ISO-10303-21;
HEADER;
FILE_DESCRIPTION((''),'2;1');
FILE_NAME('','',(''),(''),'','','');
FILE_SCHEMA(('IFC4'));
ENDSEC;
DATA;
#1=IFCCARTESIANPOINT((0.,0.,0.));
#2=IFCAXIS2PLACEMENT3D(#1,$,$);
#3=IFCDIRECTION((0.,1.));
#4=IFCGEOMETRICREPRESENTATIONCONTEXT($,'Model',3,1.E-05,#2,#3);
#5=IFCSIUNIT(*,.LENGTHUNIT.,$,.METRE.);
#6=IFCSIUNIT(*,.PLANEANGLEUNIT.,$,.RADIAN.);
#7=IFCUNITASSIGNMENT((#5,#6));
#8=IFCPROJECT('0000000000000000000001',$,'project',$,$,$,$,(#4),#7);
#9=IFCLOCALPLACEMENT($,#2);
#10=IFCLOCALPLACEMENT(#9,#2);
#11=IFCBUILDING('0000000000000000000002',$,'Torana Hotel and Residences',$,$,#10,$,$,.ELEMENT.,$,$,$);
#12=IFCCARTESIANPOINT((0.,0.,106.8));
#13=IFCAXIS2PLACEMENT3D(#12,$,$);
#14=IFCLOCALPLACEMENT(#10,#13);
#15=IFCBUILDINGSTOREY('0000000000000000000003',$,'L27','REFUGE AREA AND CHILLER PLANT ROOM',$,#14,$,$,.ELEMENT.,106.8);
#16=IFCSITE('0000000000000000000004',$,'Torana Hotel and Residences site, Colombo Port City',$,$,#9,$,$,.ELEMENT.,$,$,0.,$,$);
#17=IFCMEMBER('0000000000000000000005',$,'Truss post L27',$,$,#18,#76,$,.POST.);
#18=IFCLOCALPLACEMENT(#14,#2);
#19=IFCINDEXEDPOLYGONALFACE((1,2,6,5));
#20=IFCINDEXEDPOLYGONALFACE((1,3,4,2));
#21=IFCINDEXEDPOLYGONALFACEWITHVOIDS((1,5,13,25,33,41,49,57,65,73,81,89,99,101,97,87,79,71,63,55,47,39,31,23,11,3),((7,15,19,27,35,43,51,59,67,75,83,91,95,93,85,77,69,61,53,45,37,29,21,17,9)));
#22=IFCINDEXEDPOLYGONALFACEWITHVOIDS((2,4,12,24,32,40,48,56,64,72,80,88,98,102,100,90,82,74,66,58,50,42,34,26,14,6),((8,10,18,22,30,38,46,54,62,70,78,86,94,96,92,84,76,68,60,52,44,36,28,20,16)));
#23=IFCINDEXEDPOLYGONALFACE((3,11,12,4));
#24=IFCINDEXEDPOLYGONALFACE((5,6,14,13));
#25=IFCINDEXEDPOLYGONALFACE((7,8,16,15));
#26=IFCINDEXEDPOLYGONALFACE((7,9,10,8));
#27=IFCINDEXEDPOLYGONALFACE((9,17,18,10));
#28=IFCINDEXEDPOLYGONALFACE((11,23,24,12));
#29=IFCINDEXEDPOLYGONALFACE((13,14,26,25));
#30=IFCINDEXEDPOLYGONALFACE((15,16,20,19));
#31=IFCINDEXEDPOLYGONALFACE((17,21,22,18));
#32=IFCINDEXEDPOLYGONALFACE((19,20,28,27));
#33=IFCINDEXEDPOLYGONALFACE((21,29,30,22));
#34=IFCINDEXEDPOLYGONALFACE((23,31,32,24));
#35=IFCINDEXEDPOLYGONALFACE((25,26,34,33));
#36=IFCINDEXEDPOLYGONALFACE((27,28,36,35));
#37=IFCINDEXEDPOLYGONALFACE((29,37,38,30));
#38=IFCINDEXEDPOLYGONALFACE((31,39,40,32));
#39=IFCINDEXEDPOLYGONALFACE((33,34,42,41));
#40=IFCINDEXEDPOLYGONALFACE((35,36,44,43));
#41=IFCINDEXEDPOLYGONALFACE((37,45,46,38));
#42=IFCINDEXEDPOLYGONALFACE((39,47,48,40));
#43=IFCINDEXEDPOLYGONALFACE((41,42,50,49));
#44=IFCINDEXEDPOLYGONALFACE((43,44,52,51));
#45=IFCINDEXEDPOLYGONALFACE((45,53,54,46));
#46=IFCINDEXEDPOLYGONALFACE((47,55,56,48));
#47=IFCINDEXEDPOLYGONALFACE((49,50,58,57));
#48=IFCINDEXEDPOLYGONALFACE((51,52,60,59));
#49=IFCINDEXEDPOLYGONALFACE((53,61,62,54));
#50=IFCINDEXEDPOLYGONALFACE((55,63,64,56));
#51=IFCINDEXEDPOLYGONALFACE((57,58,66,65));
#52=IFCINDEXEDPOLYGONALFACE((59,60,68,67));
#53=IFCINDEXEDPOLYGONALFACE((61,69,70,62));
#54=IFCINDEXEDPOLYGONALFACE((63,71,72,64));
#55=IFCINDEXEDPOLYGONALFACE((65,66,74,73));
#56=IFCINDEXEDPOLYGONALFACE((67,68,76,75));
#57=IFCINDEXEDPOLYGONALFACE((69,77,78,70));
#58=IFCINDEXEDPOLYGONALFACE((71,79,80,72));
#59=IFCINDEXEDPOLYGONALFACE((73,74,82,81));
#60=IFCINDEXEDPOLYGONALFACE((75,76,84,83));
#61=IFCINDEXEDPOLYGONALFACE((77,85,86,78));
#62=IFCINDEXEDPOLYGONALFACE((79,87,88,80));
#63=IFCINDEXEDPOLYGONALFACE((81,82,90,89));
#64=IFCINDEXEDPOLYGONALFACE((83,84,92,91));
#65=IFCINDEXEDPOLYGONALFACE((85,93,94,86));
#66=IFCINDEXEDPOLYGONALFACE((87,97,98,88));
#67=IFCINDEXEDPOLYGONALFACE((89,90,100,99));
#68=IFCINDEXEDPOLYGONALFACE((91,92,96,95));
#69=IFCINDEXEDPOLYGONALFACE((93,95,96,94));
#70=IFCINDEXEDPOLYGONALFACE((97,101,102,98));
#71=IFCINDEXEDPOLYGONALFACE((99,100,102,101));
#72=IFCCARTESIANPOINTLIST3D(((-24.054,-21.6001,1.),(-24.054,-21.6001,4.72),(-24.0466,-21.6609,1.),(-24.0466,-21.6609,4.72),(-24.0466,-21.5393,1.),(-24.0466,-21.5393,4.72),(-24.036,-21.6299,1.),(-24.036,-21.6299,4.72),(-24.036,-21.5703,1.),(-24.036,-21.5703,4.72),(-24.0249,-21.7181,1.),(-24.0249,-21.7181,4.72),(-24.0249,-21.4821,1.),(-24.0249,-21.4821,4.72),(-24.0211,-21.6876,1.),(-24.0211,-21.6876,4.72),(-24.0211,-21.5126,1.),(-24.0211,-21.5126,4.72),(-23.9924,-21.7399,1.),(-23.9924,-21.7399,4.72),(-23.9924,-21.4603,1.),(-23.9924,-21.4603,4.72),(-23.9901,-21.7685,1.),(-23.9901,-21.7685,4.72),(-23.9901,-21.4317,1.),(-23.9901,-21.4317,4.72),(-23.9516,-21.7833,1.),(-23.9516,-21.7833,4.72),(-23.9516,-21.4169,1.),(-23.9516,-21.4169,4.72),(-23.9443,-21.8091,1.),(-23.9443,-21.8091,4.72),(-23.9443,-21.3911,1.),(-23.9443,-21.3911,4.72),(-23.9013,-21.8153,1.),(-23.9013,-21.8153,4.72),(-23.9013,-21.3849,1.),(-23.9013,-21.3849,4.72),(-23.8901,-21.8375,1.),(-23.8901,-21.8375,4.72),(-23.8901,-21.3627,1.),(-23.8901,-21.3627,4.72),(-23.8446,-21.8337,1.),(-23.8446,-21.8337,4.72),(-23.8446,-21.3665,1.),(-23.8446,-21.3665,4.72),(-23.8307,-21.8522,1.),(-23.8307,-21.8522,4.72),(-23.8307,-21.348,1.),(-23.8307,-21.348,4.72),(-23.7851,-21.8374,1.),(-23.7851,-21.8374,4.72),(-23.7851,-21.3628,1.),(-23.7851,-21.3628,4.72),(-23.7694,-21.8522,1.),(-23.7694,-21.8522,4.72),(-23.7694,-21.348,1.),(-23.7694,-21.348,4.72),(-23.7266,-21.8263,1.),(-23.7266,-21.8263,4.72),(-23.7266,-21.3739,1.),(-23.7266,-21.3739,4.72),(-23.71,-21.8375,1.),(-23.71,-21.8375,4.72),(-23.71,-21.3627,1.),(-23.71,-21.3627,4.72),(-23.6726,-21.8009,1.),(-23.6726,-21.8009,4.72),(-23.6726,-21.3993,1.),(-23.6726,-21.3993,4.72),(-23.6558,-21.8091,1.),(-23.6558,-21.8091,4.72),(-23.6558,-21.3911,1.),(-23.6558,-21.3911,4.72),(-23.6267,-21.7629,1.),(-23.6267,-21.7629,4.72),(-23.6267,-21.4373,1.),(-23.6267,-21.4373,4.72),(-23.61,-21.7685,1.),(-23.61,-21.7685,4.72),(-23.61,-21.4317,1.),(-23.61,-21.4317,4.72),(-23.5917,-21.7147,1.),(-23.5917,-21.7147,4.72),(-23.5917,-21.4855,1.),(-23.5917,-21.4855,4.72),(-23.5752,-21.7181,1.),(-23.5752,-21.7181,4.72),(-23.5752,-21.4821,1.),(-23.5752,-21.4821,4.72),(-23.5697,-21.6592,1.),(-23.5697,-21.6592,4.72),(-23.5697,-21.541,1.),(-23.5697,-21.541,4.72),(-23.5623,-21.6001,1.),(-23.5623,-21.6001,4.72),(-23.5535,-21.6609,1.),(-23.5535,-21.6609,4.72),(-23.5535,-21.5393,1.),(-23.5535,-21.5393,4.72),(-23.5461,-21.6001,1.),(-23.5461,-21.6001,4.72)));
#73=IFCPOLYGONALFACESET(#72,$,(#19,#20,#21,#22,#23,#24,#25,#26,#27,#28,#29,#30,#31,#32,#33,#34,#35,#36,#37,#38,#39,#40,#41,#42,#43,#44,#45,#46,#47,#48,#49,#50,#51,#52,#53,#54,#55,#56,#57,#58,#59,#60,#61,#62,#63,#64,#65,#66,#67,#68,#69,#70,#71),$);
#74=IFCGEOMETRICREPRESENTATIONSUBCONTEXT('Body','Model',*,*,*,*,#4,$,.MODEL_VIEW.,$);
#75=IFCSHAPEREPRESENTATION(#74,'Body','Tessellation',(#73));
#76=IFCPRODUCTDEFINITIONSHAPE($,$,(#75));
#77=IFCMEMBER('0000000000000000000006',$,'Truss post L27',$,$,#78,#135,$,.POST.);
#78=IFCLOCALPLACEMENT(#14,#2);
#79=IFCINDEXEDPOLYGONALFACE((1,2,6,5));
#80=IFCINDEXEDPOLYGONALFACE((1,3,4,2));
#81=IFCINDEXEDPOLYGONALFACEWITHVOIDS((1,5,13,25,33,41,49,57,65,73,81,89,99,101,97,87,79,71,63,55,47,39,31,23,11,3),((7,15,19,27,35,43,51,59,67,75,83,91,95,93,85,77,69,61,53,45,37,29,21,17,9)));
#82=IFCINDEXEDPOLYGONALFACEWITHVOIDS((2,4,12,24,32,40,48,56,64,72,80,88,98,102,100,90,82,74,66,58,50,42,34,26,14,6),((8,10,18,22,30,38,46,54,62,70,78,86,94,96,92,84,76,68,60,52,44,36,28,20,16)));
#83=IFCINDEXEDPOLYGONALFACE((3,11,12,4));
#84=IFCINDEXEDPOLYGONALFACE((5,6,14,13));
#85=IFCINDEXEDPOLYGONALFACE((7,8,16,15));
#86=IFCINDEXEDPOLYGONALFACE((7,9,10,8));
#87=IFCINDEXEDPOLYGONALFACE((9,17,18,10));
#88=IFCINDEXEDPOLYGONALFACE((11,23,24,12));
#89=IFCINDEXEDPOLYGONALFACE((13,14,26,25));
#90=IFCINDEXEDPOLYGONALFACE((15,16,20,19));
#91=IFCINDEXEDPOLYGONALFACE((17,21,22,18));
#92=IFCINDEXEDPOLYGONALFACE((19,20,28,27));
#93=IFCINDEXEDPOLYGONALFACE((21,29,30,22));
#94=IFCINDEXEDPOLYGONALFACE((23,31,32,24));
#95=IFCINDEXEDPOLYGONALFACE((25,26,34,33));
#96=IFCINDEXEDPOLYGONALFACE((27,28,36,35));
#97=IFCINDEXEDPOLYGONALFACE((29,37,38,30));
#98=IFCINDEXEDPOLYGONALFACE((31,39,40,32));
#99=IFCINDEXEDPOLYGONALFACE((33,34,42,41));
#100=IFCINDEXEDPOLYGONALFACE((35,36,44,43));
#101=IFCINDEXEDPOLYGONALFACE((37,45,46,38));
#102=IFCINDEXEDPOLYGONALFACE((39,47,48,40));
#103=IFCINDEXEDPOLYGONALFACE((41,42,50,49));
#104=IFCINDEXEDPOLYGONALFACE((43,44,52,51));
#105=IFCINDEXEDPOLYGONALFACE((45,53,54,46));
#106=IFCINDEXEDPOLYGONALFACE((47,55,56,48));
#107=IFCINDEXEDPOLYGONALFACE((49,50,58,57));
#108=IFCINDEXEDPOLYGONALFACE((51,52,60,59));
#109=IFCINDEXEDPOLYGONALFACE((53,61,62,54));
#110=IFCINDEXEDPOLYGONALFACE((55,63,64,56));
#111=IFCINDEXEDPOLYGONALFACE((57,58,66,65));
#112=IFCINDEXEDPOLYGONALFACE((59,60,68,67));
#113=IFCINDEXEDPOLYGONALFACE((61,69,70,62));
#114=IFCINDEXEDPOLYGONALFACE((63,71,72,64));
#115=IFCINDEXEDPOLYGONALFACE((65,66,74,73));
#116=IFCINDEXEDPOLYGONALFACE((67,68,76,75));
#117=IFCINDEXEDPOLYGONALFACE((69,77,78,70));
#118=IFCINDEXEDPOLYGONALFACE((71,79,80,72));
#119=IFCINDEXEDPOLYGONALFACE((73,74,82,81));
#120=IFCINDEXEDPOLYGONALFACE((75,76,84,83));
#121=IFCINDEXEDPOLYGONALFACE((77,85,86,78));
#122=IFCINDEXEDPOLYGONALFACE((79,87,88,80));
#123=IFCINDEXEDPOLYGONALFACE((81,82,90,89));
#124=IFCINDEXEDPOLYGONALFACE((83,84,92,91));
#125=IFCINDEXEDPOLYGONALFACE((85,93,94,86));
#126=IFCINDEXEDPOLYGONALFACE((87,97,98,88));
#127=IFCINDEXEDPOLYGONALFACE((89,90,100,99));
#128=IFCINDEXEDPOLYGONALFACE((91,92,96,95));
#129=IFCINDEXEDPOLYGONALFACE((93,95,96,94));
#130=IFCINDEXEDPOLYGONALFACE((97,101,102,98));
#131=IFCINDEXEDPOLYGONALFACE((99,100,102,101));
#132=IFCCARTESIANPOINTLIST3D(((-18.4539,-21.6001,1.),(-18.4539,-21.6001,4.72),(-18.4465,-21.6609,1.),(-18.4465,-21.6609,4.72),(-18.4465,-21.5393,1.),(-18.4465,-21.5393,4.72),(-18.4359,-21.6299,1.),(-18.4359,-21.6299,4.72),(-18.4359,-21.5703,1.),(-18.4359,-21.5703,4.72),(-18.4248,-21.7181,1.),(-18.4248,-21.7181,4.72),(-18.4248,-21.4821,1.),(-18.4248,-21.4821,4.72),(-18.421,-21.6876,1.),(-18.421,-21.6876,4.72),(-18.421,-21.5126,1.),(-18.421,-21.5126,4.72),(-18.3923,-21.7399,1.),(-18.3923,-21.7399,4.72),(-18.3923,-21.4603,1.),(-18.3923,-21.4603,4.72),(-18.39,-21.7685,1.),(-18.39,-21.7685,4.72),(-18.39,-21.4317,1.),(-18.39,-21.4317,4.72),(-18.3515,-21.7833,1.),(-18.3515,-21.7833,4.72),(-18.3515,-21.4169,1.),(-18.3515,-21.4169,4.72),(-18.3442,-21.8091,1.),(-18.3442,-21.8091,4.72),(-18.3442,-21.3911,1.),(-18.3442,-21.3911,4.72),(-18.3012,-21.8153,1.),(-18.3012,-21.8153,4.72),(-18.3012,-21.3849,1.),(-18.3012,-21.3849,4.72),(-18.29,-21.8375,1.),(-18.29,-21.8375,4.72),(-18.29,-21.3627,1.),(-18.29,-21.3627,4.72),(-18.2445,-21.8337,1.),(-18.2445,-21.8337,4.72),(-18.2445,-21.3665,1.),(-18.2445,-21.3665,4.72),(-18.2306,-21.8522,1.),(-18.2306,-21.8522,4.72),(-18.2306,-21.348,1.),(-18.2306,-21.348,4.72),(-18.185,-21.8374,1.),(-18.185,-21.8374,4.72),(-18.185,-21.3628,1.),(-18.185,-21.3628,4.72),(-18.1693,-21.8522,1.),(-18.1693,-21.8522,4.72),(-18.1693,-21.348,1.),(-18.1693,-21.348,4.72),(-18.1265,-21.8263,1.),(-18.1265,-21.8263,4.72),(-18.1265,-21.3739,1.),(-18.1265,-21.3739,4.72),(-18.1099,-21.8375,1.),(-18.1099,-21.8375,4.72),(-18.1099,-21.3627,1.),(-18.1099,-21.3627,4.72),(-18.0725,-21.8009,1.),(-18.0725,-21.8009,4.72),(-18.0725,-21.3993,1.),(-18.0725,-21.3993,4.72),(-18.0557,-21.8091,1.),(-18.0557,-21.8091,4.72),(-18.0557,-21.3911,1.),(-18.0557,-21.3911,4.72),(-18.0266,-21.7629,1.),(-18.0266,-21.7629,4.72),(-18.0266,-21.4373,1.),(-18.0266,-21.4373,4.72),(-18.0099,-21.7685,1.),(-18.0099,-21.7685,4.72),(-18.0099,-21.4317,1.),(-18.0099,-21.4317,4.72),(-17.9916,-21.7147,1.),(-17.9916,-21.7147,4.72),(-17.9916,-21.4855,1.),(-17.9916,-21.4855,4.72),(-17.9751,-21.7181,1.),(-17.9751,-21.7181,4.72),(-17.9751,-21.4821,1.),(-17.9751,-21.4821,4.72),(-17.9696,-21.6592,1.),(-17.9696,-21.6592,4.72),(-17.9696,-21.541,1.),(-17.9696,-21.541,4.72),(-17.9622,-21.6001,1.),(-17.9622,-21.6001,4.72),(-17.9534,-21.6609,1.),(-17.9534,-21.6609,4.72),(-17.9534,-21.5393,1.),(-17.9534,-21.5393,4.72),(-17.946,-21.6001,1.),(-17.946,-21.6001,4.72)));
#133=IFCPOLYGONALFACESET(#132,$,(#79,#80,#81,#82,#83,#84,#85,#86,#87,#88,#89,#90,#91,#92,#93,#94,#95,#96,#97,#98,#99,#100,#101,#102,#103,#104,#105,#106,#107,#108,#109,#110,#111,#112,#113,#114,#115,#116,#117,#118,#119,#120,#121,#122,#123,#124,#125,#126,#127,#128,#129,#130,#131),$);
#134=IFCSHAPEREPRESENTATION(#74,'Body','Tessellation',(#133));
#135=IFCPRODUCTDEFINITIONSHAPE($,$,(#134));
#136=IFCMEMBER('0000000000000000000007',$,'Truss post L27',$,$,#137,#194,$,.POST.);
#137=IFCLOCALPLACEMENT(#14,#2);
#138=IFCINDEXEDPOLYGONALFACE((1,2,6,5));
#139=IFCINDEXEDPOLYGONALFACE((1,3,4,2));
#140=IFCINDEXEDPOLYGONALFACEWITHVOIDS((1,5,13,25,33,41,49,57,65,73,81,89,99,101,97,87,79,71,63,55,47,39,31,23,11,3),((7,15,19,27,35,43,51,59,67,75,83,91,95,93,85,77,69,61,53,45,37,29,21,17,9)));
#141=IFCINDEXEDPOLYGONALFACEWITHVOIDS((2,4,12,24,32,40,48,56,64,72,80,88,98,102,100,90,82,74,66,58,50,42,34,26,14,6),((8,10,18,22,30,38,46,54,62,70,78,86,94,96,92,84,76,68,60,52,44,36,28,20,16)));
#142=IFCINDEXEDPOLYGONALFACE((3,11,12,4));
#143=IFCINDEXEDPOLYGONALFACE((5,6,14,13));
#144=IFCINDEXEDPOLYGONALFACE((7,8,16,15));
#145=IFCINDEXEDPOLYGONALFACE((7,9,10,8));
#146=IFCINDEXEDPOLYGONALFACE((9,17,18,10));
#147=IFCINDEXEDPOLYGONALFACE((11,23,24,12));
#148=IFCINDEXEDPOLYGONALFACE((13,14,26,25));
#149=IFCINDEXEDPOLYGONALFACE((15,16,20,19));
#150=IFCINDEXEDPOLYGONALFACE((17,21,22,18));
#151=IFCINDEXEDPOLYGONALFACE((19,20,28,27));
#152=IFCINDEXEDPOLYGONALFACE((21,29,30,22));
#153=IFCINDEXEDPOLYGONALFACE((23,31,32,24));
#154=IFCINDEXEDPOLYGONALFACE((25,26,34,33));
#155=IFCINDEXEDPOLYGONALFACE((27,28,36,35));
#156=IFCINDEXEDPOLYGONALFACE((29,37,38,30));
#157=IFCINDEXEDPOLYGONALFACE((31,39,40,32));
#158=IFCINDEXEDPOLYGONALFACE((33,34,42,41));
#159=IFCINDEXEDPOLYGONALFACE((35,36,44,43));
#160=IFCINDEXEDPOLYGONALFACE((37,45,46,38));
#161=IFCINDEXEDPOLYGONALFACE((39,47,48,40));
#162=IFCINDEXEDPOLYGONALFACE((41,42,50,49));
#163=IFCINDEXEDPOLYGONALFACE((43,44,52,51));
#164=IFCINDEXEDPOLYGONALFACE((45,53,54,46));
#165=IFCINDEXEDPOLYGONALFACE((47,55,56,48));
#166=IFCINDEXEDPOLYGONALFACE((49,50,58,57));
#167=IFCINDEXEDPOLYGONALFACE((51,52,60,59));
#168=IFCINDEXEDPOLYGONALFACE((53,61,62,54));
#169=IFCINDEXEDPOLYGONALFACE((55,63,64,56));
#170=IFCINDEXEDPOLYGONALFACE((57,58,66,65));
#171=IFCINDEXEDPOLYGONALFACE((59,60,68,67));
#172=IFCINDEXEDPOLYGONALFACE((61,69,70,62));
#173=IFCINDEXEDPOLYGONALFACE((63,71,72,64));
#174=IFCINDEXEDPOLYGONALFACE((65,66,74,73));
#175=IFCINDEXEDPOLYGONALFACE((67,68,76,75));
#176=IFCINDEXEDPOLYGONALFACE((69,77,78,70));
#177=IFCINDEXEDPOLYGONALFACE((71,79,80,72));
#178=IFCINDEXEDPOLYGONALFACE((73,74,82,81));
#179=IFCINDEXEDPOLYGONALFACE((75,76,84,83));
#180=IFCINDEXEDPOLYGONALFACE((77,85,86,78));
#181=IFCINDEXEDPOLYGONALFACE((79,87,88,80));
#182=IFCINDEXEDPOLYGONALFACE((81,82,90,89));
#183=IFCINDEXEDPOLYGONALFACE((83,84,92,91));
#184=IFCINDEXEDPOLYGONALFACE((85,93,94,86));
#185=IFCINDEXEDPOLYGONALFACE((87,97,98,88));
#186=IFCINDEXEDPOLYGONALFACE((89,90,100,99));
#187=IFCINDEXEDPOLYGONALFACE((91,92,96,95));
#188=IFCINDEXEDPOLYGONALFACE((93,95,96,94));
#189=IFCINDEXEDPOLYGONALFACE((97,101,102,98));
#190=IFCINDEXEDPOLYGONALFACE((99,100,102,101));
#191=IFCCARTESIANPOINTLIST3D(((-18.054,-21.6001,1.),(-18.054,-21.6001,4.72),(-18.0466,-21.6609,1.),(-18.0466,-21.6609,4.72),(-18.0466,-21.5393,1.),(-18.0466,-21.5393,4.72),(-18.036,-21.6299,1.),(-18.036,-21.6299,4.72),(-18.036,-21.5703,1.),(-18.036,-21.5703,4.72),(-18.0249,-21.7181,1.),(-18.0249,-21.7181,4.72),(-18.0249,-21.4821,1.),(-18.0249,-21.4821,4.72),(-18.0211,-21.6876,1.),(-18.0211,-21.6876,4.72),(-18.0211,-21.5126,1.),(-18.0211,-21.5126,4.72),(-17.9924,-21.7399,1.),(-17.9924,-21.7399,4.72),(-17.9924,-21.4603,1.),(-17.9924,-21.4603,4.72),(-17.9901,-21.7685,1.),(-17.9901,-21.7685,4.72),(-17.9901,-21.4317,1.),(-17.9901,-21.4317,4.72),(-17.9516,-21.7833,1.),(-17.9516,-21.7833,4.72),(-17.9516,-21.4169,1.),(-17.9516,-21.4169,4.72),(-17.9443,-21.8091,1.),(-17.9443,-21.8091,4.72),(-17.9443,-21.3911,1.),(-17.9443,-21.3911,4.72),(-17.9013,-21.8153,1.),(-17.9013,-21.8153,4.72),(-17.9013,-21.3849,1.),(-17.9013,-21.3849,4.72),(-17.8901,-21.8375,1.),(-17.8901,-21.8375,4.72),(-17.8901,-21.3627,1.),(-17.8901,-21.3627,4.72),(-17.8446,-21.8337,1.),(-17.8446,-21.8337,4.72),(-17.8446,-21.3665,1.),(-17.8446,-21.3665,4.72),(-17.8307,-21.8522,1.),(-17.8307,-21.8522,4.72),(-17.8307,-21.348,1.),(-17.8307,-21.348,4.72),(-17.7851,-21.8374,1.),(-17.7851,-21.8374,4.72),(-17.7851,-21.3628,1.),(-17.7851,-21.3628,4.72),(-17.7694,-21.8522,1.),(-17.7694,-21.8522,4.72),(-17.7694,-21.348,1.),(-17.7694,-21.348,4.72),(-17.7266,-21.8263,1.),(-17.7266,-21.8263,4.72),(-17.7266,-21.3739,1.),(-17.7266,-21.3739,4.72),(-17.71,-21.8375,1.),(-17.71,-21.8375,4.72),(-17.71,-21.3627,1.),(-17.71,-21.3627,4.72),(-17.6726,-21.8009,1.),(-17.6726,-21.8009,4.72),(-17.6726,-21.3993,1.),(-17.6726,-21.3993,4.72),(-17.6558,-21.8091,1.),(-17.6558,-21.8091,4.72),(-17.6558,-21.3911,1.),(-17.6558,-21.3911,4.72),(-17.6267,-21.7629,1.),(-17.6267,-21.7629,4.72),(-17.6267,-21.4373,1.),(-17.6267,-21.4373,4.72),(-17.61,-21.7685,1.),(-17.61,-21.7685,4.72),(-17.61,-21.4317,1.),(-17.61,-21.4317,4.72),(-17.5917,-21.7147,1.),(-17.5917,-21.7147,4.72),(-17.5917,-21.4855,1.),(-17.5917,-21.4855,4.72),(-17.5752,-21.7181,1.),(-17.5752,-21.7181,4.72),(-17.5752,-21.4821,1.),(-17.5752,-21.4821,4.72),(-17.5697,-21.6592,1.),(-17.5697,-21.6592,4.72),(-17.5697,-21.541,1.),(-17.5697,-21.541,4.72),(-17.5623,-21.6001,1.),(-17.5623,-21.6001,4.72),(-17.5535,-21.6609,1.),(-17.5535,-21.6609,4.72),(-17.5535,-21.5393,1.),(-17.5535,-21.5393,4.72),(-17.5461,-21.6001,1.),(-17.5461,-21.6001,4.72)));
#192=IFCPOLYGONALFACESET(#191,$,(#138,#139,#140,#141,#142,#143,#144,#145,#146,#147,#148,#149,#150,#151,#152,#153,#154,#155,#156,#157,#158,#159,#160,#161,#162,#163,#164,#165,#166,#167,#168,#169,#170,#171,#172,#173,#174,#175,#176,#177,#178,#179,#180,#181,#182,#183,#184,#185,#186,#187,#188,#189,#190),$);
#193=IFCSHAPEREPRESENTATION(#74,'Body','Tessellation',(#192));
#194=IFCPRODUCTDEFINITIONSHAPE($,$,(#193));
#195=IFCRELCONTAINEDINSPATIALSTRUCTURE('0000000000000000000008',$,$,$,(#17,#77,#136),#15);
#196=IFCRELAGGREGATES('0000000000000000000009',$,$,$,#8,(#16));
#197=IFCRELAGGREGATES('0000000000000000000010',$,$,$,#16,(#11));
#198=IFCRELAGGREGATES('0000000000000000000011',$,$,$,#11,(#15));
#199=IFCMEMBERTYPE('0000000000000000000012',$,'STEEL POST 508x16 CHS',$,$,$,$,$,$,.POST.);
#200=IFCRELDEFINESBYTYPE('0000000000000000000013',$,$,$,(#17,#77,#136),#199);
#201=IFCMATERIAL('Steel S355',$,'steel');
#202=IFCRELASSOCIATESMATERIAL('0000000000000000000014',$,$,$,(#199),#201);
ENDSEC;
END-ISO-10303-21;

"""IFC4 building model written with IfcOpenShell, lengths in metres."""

from ifc_helpers import new_model, si_unit, direction, frame, origin, origin_2d, place, context, subcontext, project, spatial, hollow_circle, extrude, material, material_profile, profile_set, type_object, element, save


model = new_model("IFC4")

# Units and contexts
model_context = context("Model", 3, precision=1e-05, world=origin(), true_north=direction((0.0, 1.0)))
body_context = subcontext(model_context, "Body", "Model", "MODEL_VIEW")
ifc_project = project(units=[si_unit("LENGTHUNIT", "METRE"), si_unit("PLANEANGLEUNIT", "RADIAN")], contexts=[model_context])

# Site, building, storey
site_placement = place(None, origin())
site = spatial("IfcSite", under=ifc_project, at=site_placement, Name="Torana Hotel and Residences site, Colombo Port City", CompositionType="ELEMENT", RefElevation=0.0)
building_placement = place(site_placement, origin())
building = spatial("IfcBuilding", under=site, at=building_placement, Name="Torana Hotel and Residences", CompositionType="ELEMENT")
storey_placement = place(building_placement, frame((0.0, 0.0, 106.8)))
storey = spatial("IfcBuildingStorey", under=building, at=storey_placement, Name="L27", Description="REFUGE AREA AND CHILLER PLANT ROOM", CompositionType="ELEMENT", Elevation=106.8)

# Members
ifc_material_1 = material(Name="Steel S355", Category="steel")
ifc_material_profile_1 = material_profile(ifc_material_1, hollow_circle(Radius=0.2539, WallThickness=0.0161, at=origin_2d()), Name="508x16 CHS")
ifc_profile_set_1 = profile_set([ifc_material_profile_1], Name="Steel S355")
member_type_1 = type_object("IfcMemberType", Name="STEEL POST 508x16 CHS", PredefinedType="POST", material=ifc_profile_set_1)
for number, where, z_axis, x_axis, name in (
    (1, (-23.8, -21.6001, 1.0), (0.0, 0.0, 1.0), (1.0, 0.0, 0.0), "Truss post L27"),
    (2, (-18.2, -21.6001, 1.0), (0.0, 0.0, 1.0), (1.0, 0.0, 0.0), "Truss post L27"),
    (3, (-17.8, -21.6001, 1.0), (0.0, 0.0, 1.0), (1.0, 0.0, 0.0), "Truss post L27"),
):
    element("IfcMember", number, at=place(storey_placement, frame(where, z_axis=z_axis, x_axis=x_axis)), inside=storey, type_object=member_type_1, Name=name, PredefinedType="POST", context=body_context, shape_type="SweptSolid", body=[
        extrude(hollow_circle(Radius=0.2539, WallThickness=0.0161, at=origin_2d()), origin(), (0.0, 0.0, 1.0), 3.72),
    ])

save(model, "model.ifc")
